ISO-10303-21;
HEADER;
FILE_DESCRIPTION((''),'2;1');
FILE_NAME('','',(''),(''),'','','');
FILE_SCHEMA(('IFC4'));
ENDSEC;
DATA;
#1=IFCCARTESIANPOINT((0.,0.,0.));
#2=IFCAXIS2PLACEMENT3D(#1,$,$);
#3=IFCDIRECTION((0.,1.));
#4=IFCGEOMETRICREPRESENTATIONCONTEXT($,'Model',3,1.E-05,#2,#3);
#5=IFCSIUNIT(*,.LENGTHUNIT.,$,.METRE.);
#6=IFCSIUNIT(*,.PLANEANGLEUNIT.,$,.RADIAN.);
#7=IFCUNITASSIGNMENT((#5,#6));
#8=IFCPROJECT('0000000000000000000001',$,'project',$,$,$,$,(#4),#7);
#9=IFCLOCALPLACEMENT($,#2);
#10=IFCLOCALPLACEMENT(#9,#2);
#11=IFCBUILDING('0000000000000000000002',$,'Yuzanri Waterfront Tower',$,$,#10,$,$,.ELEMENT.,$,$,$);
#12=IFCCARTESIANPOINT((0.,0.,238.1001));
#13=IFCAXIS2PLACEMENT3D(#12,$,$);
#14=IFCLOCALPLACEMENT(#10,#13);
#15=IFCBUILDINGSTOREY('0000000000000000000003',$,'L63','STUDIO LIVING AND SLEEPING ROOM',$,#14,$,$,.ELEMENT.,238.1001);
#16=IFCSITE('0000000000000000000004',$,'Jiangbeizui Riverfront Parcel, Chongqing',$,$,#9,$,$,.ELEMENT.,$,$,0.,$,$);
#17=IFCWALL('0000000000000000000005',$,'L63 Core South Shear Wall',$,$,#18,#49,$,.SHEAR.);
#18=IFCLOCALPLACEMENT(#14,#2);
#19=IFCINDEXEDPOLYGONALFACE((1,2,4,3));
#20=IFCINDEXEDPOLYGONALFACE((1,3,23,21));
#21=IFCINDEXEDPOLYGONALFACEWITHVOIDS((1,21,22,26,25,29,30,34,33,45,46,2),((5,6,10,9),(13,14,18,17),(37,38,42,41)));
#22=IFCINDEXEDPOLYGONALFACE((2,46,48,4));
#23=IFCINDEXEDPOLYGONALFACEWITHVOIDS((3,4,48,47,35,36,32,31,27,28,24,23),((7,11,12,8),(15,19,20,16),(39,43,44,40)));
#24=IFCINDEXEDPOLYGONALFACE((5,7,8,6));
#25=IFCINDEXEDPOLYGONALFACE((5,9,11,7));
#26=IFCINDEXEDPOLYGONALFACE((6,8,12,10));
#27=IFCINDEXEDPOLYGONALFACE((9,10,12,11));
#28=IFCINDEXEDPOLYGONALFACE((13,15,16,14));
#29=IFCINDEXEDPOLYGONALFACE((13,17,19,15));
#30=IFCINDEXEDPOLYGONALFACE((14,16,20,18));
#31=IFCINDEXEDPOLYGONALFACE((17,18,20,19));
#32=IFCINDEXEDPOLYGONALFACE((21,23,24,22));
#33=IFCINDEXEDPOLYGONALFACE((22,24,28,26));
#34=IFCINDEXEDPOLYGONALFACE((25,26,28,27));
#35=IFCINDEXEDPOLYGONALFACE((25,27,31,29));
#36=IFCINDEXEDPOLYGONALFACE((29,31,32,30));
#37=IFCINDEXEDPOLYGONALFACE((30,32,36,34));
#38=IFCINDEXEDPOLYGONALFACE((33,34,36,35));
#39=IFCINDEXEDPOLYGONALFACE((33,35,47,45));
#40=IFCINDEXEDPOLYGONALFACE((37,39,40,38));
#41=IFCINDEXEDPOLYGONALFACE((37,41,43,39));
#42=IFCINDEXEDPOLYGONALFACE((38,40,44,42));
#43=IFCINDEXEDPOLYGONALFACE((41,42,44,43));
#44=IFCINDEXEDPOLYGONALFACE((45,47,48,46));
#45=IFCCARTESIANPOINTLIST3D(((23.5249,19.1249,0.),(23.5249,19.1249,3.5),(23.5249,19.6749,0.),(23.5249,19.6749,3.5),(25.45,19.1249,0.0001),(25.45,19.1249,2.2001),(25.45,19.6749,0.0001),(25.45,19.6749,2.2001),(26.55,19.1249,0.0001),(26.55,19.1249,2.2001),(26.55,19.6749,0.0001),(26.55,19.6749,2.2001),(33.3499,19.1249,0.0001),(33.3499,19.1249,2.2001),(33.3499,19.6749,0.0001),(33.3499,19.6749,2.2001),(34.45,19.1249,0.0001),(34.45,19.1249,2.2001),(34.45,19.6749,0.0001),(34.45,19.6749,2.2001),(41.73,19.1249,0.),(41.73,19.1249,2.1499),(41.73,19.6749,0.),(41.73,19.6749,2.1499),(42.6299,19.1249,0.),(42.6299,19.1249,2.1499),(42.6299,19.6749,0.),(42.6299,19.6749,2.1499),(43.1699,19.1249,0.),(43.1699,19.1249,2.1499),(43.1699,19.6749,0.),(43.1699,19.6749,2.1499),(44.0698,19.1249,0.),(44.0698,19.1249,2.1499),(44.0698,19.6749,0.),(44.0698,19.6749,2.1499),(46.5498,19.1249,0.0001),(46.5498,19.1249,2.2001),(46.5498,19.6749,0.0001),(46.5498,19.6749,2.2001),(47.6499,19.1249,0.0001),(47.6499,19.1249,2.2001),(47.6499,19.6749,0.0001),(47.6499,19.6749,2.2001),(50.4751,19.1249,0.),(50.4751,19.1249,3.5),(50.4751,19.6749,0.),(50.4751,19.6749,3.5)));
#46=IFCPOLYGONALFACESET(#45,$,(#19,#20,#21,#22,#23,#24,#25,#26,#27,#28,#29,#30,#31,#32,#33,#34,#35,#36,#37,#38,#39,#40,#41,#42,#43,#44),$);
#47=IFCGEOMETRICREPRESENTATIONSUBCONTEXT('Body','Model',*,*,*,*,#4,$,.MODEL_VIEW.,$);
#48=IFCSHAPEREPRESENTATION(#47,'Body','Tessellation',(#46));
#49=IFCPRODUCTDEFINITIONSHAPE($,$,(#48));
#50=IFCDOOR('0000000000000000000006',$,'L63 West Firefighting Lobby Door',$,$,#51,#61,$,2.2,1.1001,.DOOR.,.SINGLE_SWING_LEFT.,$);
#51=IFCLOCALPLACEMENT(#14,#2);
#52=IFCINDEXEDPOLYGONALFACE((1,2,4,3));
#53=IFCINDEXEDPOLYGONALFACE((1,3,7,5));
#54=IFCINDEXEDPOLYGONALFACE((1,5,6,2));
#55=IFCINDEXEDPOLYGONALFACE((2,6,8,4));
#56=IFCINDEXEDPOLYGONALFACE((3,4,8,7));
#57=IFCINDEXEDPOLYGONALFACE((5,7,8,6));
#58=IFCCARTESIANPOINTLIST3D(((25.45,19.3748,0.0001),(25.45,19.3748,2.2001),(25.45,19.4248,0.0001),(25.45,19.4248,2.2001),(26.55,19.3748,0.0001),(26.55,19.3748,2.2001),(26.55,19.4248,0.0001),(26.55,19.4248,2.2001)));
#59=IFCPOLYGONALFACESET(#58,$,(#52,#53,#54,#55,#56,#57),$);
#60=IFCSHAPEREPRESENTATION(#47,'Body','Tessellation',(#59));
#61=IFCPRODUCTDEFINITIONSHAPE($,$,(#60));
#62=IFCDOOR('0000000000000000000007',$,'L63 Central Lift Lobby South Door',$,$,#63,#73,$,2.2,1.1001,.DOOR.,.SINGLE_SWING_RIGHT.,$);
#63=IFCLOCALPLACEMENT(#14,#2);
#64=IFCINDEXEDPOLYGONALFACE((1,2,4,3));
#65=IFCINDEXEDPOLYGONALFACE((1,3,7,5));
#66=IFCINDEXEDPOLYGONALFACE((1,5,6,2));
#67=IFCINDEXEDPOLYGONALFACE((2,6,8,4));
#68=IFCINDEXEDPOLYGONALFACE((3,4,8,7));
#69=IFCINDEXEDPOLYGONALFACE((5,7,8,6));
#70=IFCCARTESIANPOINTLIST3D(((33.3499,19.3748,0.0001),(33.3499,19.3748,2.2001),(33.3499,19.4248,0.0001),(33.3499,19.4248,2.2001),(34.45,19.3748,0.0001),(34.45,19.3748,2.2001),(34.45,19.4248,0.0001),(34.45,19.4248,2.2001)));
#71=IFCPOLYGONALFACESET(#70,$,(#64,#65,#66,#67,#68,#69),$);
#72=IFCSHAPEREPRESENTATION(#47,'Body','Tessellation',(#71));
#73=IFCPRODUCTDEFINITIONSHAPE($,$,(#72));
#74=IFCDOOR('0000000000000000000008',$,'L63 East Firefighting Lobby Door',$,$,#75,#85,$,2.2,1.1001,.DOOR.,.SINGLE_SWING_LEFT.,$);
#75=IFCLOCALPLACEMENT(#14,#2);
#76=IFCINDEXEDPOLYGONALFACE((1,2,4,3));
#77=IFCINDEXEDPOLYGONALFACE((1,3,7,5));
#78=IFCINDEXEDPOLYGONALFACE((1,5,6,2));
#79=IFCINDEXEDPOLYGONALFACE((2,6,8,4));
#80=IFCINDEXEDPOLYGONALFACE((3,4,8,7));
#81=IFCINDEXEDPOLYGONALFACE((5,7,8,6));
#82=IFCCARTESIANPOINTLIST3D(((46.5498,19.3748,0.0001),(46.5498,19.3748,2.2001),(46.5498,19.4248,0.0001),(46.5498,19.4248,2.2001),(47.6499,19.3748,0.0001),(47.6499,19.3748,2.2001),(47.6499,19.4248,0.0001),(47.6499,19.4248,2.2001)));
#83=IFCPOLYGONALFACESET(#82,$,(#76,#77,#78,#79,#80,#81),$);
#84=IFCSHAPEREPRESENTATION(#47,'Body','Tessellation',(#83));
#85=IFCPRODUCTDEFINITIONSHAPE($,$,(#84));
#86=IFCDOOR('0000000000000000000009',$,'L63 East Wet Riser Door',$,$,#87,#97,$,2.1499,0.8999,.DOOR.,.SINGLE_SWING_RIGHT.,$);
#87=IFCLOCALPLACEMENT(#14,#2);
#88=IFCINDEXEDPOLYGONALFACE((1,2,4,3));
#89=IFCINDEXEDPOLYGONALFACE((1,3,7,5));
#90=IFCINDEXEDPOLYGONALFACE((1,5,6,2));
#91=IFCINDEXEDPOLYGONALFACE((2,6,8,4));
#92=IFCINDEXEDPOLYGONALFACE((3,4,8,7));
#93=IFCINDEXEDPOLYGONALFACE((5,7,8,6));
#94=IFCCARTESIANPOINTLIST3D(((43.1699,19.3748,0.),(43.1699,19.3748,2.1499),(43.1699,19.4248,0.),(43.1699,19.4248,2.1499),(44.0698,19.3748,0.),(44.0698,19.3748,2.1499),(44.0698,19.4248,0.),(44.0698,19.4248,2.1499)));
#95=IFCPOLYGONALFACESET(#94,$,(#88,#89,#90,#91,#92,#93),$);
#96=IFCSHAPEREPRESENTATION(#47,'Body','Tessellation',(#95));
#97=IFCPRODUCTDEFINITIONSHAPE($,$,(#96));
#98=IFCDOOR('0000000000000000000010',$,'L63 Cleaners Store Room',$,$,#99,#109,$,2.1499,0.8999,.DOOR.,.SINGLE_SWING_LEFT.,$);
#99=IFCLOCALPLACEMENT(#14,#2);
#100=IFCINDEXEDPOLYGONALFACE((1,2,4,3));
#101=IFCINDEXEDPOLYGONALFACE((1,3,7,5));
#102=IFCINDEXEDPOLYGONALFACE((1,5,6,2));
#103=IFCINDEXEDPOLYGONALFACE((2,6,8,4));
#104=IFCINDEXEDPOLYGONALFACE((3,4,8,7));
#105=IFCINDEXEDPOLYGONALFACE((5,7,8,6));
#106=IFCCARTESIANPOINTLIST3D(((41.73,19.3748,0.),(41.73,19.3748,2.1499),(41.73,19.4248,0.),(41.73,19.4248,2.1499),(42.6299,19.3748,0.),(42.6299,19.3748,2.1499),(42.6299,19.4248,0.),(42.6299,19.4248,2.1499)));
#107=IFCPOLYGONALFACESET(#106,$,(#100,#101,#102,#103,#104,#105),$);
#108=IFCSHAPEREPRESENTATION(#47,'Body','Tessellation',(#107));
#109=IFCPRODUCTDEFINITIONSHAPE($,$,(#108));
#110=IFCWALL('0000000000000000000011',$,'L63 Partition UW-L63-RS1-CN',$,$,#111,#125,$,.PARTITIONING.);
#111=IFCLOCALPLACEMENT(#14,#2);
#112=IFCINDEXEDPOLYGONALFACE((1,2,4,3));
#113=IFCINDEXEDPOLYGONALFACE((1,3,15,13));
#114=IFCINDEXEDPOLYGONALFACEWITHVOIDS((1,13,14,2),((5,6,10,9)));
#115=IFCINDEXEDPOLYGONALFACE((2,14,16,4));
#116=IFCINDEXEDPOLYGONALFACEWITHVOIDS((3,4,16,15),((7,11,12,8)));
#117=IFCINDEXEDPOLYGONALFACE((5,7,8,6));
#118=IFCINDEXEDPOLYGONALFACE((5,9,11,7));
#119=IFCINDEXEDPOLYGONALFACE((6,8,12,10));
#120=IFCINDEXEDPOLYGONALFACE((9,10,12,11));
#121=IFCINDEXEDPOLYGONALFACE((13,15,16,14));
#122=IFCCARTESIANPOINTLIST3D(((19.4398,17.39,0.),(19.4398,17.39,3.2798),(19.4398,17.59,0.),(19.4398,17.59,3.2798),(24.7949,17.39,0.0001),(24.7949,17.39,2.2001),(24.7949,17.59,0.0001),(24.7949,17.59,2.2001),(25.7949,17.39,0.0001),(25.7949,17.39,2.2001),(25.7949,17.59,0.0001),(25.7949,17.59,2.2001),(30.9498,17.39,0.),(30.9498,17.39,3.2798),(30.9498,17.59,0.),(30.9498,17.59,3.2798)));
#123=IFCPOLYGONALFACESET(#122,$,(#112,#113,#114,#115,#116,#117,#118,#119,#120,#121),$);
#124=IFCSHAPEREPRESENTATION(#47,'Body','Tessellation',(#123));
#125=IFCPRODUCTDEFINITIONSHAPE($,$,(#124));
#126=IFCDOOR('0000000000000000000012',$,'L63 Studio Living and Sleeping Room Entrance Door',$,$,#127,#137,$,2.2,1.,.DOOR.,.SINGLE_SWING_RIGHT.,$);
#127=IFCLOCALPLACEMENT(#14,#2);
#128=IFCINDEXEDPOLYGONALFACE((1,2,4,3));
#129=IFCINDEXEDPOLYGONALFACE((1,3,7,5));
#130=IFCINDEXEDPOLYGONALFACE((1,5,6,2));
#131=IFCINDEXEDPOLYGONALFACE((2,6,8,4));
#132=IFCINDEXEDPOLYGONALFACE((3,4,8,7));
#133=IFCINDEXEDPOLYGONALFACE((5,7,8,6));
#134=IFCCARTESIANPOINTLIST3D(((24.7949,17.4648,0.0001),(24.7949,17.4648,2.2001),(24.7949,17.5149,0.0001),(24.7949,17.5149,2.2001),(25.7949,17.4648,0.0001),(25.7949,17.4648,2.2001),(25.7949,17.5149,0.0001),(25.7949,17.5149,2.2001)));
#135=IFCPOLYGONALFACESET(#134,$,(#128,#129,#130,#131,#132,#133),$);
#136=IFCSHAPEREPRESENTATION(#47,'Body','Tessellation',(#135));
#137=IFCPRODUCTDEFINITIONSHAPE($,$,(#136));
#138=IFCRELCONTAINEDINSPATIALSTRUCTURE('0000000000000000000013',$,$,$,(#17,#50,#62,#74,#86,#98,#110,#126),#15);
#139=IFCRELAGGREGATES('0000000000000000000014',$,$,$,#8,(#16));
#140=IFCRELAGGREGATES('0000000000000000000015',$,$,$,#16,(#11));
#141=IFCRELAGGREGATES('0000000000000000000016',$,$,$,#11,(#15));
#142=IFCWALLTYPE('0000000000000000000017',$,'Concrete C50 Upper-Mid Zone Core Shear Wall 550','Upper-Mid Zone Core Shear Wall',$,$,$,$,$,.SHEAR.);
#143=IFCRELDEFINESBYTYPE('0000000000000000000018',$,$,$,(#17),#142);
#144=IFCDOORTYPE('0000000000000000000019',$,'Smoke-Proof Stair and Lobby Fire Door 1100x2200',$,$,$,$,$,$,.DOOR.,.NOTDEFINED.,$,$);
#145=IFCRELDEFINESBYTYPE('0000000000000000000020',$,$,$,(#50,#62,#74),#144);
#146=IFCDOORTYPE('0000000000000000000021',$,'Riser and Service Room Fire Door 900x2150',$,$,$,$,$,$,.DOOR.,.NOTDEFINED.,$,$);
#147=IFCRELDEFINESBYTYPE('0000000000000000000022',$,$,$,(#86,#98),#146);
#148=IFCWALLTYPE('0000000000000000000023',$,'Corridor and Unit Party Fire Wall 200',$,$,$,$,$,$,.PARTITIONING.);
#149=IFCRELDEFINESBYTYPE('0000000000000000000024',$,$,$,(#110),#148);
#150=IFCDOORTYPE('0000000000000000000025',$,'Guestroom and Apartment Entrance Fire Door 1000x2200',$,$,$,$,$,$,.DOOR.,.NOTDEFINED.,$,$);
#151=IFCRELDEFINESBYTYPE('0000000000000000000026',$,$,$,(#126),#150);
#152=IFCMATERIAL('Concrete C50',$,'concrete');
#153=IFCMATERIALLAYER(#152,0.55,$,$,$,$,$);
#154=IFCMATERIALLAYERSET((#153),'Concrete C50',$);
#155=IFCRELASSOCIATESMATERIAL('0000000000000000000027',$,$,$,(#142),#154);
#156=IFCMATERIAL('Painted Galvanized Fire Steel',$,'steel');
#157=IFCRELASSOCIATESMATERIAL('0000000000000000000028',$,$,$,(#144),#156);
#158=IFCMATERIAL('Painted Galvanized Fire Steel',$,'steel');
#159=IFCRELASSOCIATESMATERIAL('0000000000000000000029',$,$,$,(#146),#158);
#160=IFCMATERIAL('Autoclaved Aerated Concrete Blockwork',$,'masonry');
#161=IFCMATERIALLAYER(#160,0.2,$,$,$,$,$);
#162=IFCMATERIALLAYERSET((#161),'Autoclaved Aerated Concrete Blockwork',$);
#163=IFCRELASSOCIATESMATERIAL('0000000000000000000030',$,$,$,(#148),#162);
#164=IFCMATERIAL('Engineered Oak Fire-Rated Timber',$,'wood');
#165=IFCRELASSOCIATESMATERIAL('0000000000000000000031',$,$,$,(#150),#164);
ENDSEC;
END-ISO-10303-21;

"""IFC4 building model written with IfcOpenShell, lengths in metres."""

from ifc_helpers import new_model, si_unit, direction, frame, frame_2d, origin, place, context, subcontext, project, spatial, rectangle, extrude, source, transform, mapped, material, layer, layer_set, type_object, element, fill, save


model = new_model("IFC4")

# Units and contexts
model_context = context("Model", 3, precision=1e-05, world=origin(), true_north=direction((0.0, 1.0)))
body_context = subcontext(model_context, "Body", "Model", "MODEL_VIEW")
ifc_project = project(units=[si_unit("LENGTHUNIT", "METRE"), si_unit("PLANEANGLEUNIT", "RADIAN")], contexts=[model_context])

# Site, building, storey
site_placement = place(None, origin())
site = spatial("IfcSite", under=ifc_project, at=site_placement, Name="Jiangbeizui Riverfront Parcel, Chongqing", CompositionType="ELEMENT", RefElevation=0.0)
building_placement = place(site_placement, origin())
building = spatial("IfcBuilding", under=site, at=building_placement, Name="Yuzanri Waterfront Tower", CompositionType="ELEMENT")
storey_placement = place(building_placement, frame((0.0, 0.0, 238.1001)))
storey = spatial("IfcBuildingStorey", under=building, at=storey_placement, Name="L63", Description="STUDIO LIVING AND SLEEPING ROOM", CompositionType="ELEMENT", Elevation=238.1001)

# Wall, openings, doors
ifc_material_1 = material(Name="Concrete C50", Category="concrete")
ifc_layer_1 = layer(ifc_material_1, 0.55)
ifc_layer_set_1 = layer_set([ifc_layer_1], Name="Concrete C50")
wall_type_1 = type_object("IfcWallType", Name="Concrete C50 Upper-Mid Zone Core Shear Wall 550", Description="Upper-Mid Zone Core Shear Wall", PredefinedType="SHEAR", material=ifc_layer_set_1)
wall_1_placement = place(storey_placement, frame((23.5249, 19.3999, 0.0), z_axis=(0.0, 0.0, 1.0), x_axis=(1.0, 0.0, 0.0)))
wall_1 = element("IfcWall", 1, at=wall_1_placement, inside=storey, type_object=wall_type_1, Name="L63 Core South Shear Wall", PredefinedType="SHEAR", context=body_context, shape_type="SweptSolid", body=[
    extrude(rectangle(XDim=26.9502, YDim=0.55, at=frame_2d((13.4751, 0.0))), origin(), (0.0, 0.0, 1.0), 3.5),
])
opening_1_placement = place(wall_1_placement, frame((1.925, 0.0, 0.0)))
opening_1 = element("IfcOpeningElement", 2, at=opening_1_placement, cuts=wall_1, PredefinedType="OPENING", context=body_context, shape_type="SweptSolid", body=[
    extrude(rectangle(XDim=1.1001, YDim=2.2, at=frame_2d((0.55, 1.1001))), frame((0.0, 0.29, 0.0), z_axis=(0.0, -1.0, 0.0), x_axis=(1.0, 0.0, 0.0)), (0.0, 0.0, 1.0), 0.5798),
])
opening_2_placement = place(wall_1_placement, frame((9.825, 0.0, 0.0)))
opening_2 = element("IfcOpeningElement", 3, at=opening_2_placement, cuts=wall_1, PredefinedType="OPENING", context=body_context, shape_type="SweptSolid", body=[
    extrude(rectangle(XDim=1.1001, YDim=2.2, at=frame_2d((0.55, 1.1001))), frame((0.0, 0.29, 0.0), z_axis=(0.0, -1.0, 0.0), x_axis=(1.0, 0.0, 0.0)), (0.0, 0.0, 1.0), 0.5798),
])
opening_3_placement = place(wall_1_placement, frame((23.0249, 0.0, 0.0)))
opening_3 = element("IfcOpeningElement", 4, at=opening_3_placement, cuts=wall_1, PredefinedType="OPENING", context=body_context, shape_type="SweptSolid", body=[
    extrude(rectangle(XDim=1.1001, YDim=2.2, at=frame_2d((0.55, 1.1001))), frame((0.0, 0.29, 0.0), z_axis=(0.0, -1.0, 0.0), x_axis=(1.0, 0.0, 0.0)), (0.0, 0.0, 1.0), 0.5798),
])
opening_4_placement = place(wall_1_placement, frame((19.645, 0.0, 0.0)))
opening_4 = element("IfcOpeningElement", 5, at=opening_4_placement, cuts=wall_1, PredefinedType="OPENING", context=body_context, shape_type="SweptSolid", body=[
    extrude(rectangle(XDim=0.8999, YDim=2.1499, at=frame_2d((0.45, 1.075))), frame((0.0, 0.29, 0.0), z_axis=(0.0, -1.0, 0.0), x_axis=(1.0, 0.0, 0.0)), (0.0, 0.0, 1.0), 0.5798),
])
opening_5_placement = place(wall_1_placement, frame((18.2051, 0.0, 0.0)))
opening_5 = element("IfcOpeningElement", 6, at=opening_5_placement, cuts=wall_1, PredefinedType="OPENING", context=body_context, shape_type="SweptSolid", body=[
    extrude(rectangle(XDim=0.8999, YDim=2.1499, at=frame_2d((0.45, 1.075))), frame((0.0, 0.29, 0.0), z_axis=(0.0, -1.0, 0.0), x_axis=(1.0, 0.0, 0.0)), (0.0, 0.0, 1.0), 0.5798),
])
ifc_material_2 = material(Name="Painted Galvanized Fire Steel", Category="steel")
door_type_1 = type_object("IfcDoorType", Name="Smoke-Proof Stair and Lobby Fire Door 1100x2200", OperationType="NOTDEFINED", PredefinedType="DOOR", material=ifc_material_2)
shared_shape_1 = source(origin(), body_context, "Body", "SweptSolid", [
    extrude(rectangle(XDim=1.1001, YDim=2.2, at=frame_2d((0.55, 1.1001))), frame((0.0, 0.0249, 0.0), z_axis=(0.0, -1.0, 0.0), x_axis=(1.0, 0.0, 0.0)), (0.0, 0.0, 1.0), 0.05),
])
door_1_placement = place(opening_1_placement, origin())
door_1 = element("IfcDoor", 7, at=door_1_placement, inside=storey, type_object=door_type_1, Name="L63 West Firefighting Lobby Door", OperationType="SINGLE_SWING_LEFT", OverallHeight=2.2, OverallWidth=1.1001, PredefinedType="DOOR", context=body_context, shape_type="MappedRepresentation", body=[
    mapped(shared_shape_1, transform((0.0, 0.0, 0.0), scale=1.0)),
])
fill(opening_1, door_1)
door_2_placement = place(opening_2_placement, origin())
door_2 = element("IfcDoor", 8, at=door_2_placement, inside=storey, type_object=door_type_1, Name="L63 Central Lift Lobby South Door", OperationType="SINGLE_SWING_RIGHT", OverallHeight=2.2, OverallWidth=1.1001, PredefinedType="DOOR", context=body_context, shape_type="MappedRepresentation", body=[
    mapped(shared_shape_1, transform((0.0, 0.0, 0.0), scale=1.0)),
])
fill(opening_2, door_2)
door_3_placement = place(opening_3_placement, origin())
door_3 = element("IfcDoor", 9, at=door_3_placement, inside=storey, type_object=door_type_1, Name="L63 East Firefighting Lobby Door", OperationType="SINGLE_SWING_LEFT", OverallHeight=2.2, OverallWidth=1.1001, PredefinedType="DOOR", context=body_context, shape_type="MappedRepresentation", body=[
    mapped(shared_shape_1, transform((0.0, 0.0, 0.0), scale=1.0)),
])
fill(opening_3, door_3)
ifc_material_3 = material(Name="Painted Galvanized Fire Steel", Category="steel")
door_type_2 = type_object("IfcDoorType", Name="Riser and Service Room Fire Door 900x2150", OperationType="NOTDEFINED", PredefinedType="DOOR", material=ifc_material_3)
shared_shape_2 = source(origin(), body_context, "Body", "SweptSolid", [
    extrude(rectangle(XDim=0.8999, YDim=2.1499, at=frame_2d((0.45, 1.075))), frame((0.0, 0.0249, 0.0), z_axis=(0.0, -1.0, 0.0), x_axis=(1.0, 0.0, 0.0)), (0.0, 0.0, 1.0), 0.05),
])
door_4_placement = place(opening_4_placement, origin())
door_4 = element("IfcDoor", 10, at=door_4_placement, inside=storey, type_object=door_type_2, Name="L63 East Wet Riser Door", OperationType="SINGLE_SWING_RIGHT", OverallHeight=2.1499, OverallWidth=0.8999, PredefinedType="DOOR", context=body_context, shape_type="MappedRepresentation", body=[
    mapped(shared_shape_2, transform((0.0, 0.0, 0.0), scale=1.0)),
])
fill(opening_4, door_4)
door_5_placement = place(opening_5_placement, origin())
door_5 = element("IfcDoor", 11, at=door_5_placement, inside=storey, type_object=door_type_2, Name="L63 Cleaners Store Room", OperationType="SINGLE_SWING_LEFT", OverallHeight=2.1499, OverallWidth=0.8999, PredefinedType="DOOR", context=body_context, shape_type="MappedRepresentation", body=[
    mapped(shared_shape_2, transform((0.0, 0.0, 0.0), scale=1.0)),
])
fill(opening_5, door_5)

# Wall, opening, door
ifc_material_4 = material(Name="Autoclaved Aerated Concrete Blockwork", Category="masonry")
ifc_layer_2 = layer(ifc_material_4, 0.2)
ifc_layer_set_2 = layer_set([ifc_layer_2], Name="Autoclaved Aerated Concrete Blockwork")
wall_type_2 = type_object("IfcWallType", Name="Corridor and Unit Party Fire Wall 200", PredefinedType="PARTITIONING", material=ifc_layer_set_2)
wall_2_placement = place(storey_placement, frame((19.4399, 17.49, 0.0), z_axis=(0.0, 0.0, 1.0), x_axis=(1.0, 0.0, 0.0)))
wall_2 = element("IfcWall", 12, at=wall_2_placement, inside=storey, type_object=wall_type_2, Name="L63 Partition UW-L63-RS1-CN", PredefinedType="PARTITIONING", context=body_context, shape_type="SweptSolid", body=[
    extrude(rectangle(XDim=11.51, YDim=0.2, at=frame_2d((5.7549, 0.0))), origin(), (0.0, 0.0, 1.0), 3.2798),
])
opening_6_placement = place(wall_2_placement, frame((5.355, 0.0, 0.0)))
opening_6 = element("IfcOpeningElement", 13, at=opening_6_placement, cuts=wall_2, PredefinedType="OPENING", context=body_context, shape_type="SweptSolid", body=[
    extrude(rectangle(XDim=1.0, YDim=2.2, at=frame_2d((0.5, 1.1001))), frame((0.0, 0.1147, 0.0), z_axis=(0.0, -1.0, 0.0), x_axis=(1.0, 0.0, 0.0)), (0.0, 0.0, 1.0), 0.2297),
])
ifc_material_5 = material(Name="Engineered Oak Fire-Rated Timber", Category="wood")
door_type_3 = type_object("IfcDoorType", Name="Guestroom and Apartment Entrance Fire Door 1000x2200", OperationType="NOTDEFINED", PredefinedType="DOOR", material=ifc_material_5)
shared_shape_3 = source(origin(), body_context, "Body", "SweptSolid", [
    extrude(rectangle(XDim=1.0, YDim=2.2, at=frame_2d((0.5, 1.1001))), frame((0.0, 0.0249, 0.0), z_axis=(0.0, -1.0, 0.0), x_axis=(1.0, 0.0, 0.0)), (0.0, 0.0, 1.0), 0.05),
])
door_6_placement = place(opening_6_placement, origin())
door_6 = element("IfcDoor", 14, at=door_6_placement, inside=storey, type_object=door_type_3, Name="L63 Studio Living and Sleeping Room Entrance Door", OperationType="SINGLE_SWING_RIGHT", OverallHeight=2.2, OverallWidth=1.0, PredefinedType="DOOR", context=body_context, shape_type="MappedRepresentation", body=[
    mapped(shared_shape_3, transform((0.0, 0.0, 0.0), scale=1.0)),
])
fill(opening_6, door_6)

save(model, "model.ifc")
